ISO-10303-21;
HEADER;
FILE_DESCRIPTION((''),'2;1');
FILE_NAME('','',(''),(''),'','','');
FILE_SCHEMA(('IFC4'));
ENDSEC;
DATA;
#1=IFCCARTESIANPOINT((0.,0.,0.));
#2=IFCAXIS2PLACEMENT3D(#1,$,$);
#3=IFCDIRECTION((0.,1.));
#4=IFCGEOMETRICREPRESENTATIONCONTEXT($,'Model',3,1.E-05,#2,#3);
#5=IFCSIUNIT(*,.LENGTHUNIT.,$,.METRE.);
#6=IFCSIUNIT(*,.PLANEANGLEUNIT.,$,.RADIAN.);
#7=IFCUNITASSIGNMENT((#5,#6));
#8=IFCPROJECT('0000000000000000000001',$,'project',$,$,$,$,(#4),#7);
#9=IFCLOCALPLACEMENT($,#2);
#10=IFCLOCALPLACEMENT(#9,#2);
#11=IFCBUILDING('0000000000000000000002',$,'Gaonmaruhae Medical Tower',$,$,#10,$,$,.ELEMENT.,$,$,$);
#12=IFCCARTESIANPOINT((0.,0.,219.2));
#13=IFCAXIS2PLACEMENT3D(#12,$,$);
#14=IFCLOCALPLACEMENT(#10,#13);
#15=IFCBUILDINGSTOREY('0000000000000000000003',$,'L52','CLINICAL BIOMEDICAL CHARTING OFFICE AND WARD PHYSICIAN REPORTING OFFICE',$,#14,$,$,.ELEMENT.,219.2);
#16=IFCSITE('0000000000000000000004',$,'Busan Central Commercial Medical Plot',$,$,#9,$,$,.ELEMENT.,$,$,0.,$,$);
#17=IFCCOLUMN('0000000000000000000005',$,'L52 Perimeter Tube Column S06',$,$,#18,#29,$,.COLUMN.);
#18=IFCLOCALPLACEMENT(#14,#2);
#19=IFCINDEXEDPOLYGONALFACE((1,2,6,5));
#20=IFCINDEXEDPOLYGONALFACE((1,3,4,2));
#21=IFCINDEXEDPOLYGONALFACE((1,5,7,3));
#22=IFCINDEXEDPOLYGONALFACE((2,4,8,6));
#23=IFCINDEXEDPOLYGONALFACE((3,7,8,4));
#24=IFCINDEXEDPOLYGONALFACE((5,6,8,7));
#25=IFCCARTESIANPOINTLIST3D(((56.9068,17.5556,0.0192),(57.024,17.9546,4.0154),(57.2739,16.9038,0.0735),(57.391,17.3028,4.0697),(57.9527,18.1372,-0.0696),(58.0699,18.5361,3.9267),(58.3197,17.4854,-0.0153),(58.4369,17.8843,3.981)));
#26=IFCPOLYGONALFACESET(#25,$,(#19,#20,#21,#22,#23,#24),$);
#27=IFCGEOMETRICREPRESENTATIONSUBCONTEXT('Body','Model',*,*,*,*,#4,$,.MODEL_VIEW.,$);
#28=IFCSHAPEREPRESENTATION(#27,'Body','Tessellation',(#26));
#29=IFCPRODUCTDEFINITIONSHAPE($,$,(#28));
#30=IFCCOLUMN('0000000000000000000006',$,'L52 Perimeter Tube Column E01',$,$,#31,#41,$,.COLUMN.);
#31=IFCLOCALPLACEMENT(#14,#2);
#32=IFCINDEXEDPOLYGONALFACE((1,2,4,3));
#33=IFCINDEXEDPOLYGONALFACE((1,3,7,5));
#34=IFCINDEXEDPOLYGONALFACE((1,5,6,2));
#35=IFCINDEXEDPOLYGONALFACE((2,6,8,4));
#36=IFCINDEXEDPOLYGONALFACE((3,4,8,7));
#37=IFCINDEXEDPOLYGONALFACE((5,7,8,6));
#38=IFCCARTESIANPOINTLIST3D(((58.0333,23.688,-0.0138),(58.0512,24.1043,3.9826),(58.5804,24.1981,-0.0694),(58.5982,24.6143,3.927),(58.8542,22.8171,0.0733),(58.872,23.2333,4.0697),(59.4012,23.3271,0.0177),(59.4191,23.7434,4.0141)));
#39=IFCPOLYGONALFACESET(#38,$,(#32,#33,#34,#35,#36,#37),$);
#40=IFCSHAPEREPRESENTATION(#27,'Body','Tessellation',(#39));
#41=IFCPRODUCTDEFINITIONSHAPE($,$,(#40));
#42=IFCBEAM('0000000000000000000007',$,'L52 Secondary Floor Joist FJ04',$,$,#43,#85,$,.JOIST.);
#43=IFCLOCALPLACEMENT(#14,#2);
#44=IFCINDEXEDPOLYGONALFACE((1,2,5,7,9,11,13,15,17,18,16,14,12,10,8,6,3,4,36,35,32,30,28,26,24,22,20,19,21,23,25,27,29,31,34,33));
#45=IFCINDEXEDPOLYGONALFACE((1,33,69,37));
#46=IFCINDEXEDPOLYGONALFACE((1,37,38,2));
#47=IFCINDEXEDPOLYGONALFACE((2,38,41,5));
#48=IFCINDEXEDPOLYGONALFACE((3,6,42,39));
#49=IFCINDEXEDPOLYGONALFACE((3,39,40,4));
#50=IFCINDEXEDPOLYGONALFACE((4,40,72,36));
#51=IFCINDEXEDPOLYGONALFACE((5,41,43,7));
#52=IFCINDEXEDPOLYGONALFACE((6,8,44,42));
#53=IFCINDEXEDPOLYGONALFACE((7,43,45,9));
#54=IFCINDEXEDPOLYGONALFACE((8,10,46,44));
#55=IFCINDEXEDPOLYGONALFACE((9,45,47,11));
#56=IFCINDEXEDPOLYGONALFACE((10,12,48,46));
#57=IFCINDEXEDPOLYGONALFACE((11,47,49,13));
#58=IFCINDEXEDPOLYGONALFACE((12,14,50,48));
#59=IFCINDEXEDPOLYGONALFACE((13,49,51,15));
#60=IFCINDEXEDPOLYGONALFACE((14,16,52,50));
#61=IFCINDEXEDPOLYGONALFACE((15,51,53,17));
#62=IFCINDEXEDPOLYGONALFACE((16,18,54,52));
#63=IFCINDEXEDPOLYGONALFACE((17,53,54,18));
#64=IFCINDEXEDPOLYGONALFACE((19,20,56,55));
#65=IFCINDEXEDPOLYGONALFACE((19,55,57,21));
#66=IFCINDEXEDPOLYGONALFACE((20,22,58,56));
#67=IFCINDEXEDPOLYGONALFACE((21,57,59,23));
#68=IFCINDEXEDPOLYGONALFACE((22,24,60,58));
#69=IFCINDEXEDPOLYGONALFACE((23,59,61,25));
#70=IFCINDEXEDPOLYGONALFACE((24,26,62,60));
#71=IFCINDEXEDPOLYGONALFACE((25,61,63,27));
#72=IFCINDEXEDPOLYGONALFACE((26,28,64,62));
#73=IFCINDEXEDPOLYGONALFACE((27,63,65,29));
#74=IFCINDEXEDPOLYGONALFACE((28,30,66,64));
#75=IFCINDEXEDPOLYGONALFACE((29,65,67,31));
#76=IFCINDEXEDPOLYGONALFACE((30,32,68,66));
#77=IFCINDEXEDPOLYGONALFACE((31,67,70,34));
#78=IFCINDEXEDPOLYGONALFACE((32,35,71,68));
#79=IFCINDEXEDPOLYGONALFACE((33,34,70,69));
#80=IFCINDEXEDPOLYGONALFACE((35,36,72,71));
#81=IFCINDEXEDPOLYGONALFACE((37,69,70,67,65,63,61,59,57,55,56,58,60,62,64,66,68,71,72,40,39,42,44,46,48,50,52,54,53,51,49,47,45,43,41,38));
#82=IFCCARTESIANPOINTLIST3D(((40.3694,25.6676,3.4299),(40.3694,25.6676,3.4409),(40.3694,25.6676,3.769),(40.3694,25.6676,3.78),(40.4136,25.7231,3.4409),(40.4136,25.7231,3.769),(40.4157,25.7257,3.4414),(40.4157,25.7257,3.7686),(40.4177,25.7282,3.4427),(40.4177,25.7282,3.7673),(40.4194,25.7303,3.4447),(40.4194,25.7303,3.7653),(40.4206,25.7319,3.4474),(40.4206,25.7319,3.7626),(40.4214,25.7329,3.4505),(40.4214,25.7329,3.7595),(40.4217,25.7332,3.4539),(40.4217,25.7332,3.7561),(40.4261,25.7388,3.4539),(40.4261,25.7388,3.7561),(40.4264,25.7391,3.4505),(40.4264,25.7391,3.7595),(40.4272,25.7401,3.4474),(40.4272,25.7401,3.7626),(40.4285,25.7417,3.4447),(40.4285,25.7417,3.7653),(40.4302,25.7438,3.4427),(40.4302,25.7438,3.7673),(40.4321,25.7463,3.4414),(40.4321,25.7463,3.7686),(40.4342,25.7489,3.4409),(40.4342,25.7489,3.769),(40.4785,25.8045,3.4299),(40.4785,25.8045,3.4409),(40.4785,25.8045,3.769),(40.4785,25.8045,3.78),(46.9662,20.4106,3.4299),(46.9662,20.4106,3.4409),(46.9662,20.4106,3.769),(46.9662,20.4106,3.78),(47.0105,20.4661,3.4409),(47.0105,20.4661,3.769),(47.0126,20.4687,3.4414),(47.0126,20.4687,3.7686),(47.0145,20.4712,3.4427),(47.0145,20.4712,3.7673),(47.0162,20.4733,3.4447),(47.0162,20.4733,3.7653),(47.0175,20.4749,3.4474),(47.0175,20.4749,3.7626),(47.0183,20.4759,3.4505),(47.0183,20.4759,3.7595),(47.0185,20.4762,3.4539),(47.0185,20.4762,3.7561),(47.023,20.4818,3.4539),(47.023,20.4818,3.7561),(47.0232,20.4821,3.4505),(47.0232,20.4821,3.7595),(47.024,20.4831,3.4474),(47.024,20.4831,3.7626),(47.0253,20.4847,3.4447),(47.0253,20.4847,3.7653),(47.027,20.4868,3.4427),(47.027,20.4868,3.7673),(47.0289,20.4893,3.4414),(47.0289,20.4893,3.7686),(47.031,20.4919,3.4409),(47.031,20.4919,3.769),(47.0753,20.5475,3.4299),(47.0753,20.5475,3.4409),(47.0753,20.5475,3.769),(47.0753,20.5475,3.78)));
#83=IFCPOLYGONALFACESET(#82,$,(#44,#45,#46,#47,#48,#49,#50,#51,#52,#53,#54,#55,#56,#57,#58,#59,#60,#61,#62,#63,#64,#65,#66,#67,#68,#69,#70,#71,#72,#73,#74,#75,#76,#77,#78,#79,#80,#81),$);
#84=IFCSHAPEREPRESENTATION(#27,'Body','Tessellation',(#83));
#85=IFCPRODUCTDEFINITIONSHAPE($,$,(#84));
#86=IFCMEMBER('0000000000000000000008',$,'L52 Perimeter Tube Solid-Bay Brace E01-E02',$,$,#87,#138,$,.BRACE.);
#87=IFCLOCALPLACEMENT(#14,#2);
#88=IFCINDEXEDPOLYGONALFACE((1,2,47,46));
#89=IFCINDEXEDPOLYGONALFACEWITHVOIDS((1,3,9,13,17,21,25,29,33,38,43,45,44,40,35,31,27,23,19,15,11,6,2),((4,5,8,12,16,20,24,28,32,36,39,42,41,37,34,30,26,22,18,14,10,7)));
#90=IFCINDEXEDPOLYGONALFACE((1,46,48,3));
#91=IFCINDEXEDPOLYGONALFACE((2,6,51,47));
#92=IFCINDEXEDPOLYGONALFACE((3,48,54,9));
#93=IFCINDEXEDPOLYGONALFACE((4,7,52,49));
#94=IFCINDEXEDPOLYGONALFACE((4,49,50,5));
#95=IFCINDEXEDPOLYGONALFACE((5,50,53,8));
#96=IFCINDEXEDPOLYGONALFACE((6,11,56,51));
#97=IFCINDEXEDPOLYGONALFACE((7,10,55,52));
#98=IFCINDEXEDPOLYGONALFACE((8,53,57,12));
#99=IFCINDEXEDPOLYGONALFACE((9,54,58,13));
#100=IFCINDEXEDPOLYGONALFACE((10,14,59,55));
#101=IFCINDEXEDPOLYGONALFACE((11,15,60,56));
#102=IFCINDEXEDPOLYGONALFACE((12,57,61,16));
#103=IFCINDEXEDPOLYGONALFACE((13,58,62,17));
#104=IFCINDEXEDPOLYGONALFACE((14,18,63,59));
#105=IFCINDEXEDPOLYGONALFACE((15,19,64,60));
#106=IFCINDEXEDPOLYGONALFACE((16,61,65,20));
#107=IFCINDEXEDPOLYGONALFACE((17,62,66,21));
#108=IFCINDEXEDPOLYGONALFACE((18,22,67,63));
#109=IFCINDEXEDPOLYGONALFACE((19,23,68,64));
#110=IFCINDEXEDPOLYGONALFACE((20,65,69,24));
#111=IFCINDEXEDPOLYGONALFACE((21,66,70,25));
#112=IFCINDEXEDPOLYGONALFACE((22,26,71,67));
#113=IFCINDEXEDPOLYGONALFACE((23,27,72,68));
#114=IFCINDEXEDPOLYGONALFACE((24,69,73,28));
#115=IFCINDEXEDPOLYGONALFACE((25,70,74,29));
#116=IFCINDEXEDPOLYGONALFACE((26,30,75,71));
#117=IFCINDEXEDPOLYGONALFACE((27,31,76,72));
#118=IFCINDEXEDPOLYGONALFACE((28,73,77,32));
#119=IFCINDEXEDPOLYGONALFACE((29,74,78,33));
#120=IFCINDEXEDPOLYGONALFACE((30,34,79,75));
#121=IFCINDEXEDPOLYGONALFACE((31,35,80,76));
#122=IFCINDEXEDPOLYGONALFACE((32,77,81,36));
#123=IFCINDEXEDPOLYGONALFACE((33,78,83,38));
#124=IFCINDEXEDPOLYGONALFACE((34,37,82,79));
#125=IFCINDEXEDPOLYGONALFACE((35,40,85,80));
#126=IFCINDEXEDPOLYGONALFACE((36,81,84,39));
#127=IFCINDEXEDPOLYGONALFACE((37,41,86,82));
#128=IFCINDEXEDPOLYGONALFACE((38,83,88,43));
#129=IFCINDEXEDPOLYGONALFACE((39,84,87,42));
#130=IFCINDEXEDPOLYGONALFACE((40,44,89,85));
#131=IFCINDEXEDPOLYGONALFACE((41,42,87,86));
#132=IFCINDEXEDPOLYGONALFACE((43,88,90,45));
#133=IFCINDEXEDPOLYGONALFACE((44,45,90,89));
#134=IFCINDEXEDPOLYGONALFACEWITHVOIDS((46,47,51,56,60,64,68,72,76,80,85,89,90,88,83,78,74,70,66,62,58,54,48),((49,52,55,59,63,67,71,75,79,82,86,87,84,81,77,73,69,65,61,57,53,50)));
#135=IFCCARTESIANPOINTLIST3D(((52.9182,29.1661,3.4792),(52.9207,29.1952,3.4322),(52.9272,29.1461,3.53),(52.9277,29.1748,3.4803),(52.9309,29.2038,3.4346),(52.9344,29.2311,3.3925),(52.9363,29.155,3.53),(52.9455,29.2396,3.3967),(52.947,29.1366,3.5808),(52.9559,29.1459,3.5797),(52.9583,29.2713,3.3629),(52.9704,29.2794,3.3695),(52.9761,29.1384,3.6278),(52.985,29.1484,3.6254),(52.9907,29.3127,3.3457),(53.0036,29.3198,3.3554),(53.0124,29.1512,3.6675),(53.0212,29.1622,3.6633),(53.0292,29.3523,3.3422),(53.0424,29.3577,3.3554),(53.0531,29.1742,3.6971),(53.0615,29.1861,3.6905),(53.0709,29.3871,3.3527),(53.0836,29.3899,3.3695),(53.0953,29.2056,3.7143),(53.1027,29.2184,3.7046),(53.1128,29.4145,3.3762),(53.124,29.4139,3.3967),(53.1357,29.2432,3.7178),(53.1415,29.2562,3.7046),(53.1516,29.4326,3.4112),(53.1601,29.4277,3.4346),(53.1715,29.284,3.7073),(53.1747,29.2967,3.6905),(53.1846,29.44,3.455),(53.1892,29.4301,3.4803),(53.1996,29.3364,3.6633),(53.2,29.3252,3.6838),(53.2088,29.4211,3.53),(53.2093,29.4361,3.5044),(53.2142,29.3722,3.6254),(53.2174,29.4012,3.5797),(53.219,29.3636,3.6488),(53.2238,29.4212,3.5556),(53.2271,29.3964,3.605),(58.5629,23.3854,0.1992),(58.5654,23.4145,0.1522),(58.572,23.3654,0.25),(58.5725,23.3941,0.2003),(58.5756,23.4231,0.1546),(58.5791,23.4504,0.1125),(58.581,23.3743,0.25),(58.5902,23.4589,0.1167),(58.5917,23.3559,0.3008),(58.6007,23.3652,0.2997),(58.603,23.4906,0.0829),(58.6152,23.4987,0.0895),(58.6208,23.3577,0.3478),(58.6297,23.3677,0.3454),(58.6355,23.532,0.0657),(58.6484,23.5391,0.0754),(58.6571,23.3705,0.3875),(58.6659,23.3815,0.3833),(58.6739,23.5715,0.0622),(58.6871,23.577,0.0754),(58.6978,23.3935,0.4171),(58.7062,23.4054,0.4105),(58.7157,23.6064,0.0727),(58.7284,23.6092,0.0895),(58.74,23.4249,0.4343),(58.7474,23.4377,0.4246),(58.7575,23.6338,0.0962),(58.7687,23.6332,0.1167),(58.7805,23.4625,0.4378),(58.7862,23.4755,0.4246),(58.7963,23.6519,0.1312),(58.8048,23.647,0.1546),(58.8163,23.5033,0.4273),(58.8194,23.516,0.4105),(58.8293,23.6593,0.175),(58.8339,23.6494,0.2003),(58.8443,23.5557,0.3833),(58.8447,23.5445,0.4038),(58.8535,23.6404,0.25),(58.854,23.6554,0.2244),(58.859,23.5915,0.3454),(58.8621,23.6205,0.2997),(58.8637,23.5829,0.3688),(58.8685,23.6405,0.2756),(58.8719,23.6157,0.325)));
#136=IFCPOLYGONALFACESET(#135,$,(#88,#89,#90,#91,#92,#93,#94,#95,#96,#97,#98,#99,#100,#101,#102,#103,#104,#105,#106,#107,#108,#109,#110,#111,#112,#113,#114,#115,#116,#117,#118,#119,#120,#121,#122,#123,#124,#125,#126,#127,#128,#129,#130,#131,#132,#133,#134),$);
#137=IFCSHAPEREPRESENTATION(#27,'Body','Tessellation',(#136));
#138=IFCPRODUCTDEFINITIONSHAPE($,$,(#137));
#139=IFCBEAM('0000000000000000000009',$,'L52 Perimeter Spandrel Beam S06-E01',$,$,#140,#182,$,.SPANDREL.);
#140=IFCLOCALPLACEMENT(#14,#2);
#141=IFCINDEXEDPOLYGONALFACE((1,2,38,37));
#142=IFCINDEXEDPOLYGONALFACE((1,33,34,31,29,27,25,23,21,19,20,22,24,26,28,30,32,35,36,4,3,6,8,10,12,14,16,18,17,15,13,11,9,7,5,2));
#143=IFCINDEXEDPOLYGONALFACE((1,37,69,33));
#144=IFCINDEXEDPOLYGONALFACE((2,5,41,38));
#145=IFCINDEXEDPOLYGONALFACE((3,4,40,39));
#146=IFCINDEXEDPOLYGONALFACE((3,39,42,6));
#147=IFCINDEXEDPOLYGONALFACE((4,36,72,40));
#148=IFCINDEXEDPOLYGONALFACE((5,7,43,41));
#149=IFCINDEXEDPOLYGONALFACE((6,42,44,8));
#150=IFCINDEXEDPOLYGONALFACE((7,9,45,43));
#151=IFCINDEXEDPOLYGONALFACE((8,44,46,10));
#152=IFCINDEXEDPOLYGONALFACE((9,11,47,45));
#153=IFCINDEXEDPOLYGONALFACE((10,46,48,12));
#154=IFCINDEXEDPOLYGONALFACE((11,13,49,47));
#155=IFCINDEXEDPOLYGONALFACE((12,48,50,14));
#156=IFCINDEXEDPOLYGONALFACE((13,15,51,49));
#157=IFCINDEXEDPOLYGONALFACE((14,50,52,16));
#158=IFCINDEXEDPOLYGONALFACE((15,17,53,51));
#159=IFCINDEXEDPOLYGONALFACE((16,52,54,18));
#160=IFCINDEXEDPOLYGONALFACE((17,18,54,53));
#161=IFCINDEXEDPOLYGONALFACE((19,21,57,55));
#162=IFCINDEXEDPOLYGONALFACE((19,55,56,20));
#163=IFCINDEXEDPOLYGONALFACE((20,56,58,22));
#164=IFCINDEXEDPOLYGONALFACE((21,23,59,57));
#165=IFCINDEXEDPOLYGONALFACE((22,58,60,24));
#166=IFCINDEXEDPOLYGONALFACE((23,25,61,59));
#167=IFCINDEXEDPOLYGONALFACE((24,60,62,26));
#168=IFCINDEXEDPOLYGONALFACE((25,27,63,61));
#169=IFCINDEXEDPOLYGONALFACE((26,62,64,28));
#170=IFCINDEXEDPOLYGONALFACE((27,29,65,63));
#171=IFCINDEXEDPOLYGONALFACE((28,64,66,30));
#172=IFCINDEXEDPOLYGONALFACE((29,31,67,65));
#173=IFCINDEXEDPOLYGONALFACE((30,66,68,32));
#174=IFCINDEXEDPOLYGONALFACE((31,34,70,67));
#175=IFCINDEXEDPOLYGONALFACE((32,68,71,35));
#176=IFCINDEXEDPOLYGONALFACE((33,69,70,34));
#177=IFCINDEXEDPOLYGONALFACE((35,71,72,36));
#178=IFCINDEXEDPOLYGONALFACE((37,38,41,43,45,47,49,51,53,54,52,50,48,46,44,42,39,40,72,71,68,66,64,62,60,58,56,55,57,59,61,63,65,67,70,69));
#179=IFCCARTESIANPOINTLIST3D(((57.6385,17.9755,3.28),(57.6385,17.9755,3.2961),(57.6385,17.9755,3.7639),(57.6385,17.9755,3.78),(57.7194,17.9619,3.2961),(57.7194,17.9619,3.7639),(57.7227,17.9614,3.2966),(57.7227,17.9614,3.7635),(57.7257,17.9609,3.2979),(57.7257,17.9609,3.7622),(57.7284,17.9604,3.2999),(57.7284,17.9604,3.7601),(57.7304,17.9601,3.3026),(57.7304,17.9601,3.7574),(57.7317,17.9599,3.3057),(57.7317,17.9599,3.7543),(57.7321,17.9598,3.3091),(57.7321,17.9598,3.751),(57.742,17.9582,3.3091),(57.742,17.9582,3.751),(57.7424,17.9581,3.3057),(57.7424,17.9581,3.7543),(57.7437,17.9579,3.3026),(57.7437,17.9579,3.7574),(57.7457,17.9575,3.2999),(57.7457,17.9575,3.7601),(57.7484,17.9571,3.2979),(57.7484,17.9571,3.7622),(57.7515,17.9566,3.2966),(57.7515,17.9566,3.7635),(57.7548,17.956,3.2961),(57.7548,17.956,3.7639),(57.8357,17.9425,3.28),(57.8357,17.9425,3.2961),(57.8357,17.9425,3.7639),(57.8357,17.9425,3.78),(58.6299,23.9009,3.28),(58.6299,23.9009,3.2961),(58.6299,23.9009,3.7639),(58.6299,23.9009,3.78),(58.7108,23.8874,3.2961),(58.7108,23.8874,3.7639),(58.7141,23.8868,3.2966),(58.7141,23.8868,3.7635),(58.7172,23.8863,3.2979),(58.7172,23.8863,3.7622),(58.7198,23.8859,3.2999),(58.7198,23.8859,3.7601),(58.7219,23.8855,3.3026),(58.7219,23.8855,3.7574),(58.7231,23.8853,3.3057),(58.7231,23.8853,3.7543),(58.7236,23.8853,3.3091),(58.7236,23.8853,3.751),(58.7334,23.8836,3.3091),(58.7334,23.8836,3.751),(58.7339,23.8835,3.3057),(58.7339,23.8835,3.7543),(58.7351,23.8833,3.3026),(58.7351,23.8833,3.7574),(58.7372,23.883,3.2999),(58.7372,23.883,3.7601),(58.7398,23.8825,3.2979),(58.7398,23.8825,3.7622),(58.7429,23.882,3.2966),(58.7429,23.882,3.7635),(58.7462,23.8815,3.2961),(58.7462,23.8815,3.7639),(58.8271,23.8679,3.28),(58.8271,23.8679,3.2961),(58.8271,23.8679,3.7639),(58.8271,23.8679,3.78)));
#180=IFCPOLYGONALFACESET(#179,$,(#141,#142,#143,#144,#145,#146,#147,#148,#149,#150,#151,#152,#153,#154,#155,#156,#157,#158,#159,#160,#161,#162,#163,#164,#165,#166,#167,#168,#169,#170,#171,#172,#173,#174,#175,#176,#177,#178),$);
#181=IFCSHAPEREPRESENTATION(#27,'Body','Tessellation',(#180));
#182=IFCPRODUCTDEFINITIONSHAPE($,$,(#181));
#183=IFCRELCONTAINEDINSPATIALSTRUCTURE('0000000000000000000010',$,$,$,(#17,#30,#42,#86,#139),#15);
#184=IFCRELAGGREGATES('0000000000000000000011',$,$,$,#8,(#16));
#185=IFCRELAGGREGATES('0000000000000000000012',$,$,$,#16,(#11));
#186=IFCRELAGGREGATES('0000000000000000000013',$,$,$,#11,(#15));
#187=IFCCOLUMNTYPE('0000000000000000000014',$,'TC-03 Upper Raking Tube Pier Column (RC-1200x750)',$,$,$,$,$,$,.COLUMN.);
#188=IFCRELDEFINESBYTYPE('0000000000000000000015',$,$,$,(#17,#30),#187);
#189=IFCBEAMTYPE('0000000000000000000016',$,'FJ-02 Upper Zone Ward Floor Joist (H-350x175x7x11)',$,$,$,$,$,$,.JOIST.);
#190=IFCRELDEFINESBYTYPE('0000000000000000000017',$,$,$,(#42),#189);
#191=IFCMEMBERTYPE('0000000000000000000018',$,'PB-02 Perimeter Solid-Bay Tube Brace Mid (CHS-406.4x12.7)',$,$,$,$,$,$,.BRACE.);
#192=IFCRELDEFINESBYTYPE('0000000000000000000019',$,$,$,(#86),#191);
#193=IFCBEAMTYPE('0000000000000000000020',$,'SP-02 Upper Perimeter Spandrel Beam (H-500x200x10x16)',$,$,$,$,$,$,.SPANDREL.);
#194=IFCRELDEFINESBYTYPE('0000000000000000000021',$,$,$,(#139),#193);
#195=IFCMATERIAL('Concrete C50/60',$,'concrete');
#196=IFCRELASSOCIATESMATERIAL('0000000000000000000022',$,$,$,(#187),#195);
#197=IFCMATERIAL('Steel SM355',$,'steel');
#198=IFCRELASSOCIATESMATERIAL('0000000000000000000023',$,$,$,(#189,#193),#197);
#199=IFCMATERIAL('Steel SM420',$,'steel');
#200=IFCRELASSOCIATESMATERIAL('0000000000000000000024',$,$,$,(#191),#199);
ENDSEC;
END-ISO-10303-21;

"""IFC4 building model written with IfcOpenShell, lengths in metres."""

from ifc_helpers import new_model, si_unit, direction, frame, origin, origin_2d, place, context, subcontext, project, spatial, rectangle, hollow_circle, i_section, extrude, material, material_profile, profile_set, type_object, element, save


model = new_model("IFC4")

# Units and contexts
model_context = context("Model", 3, precision=1e-05, world=origin(), true_north=direction((0.0, 1.0)))
body_context = subcontext(model_context, "Body", "Model", "MODEL_VIEW")
ifc_project = project(units=[si_unit("LENGTHUNIT", "METRE"), si_unit("PLANEANGLEUNIT", "RADIAN")], contexts=[model_context])

# Site, building, storey
site_placement = place(None, origin())
site = spatial("IfcSite", under=ifc_project, at=site_placement, Name="Busan Central Commercial Medical Plot", CompositionType="ELEMENT", RefElevation=0.0)
building_placement = place(site_placement, origin())
building = spatial("IfcBuilding", under=site, at=building_placement, Name="Gaonmaruhae Medical Tower", CompositionType="ELEMENT")
storey_placement = place(building_placement, frame((0.0, 0.0, 219.2)))
storey = spatial("IfcBuildingStorey", under=building, at=storey_placement, Name="L52", Description="CLINICAL BIOMEDICAL CHARTING OFFICE AND WARD PHYSICIAN REPORTING OFFICE", CompositionType="ELEMENT", Elevation=219.2)

# Columns
ifc_material_1 = material(Name="Concrete C50/60", Category="concrete")
ifc_material_profile_1 = material_profile(ifc_material_1, rectangle(XDim=1.2, YDim=0.75, at=origin_2d()), Name="RC-1200x750")
ifc_profile_set_1 = profile_set([ifc_material_profile_1], Name="Concrete C50/60")
column_type = type_object("IfcColumnType", Name="TC-03 Upper Raking Tube Pier Column (RC-1200x750)", PredefinedType="COLUMN", material=ifc_profile_set_1)
column_1_placement = place(storey_placement, frame((57.6133, 17.5205, 0.002), z_axis=(0.029166, 0.099287, 0.994631), x_axis=(-0.87159, -0.484628, 0.073935)))
element("IfcColumn", 1, at=column_1_placement, inside=storey, type_object=column_type, Name="L52 Perimeter Tube Column S06", PredefinedType="COLUMN", context=body_context, shape_type="SweptSolid", body=[
    extrude(rectangle(XDim=1.2, YDim=0.75, at=origin_2d()), origin(), (0.0, 0.0, 1.0), 4.0178),
])
column_2_placement = place(storey_placement, frame((58.7173, 23.5076, 0.002), z_axis=(0.004436, 0.103599, 0.994609), x_axis=(0.684051, -0.725817, 0.072551)))
element("IfcColumn", 2, at=column_2_placement, inside=storey, type_object=column_type, Name="L52 Perimeter Tube Column E01", PredefinedType="COLUMN", context=body_context, shape_type="SweptSolid", body=[
    extrude(rectangle(XDim=1.2, YDim=0.75, at=origin_2d()), origin(), (0.0, 0.0, 1.0), 4.0181),
])

# Beam
ifc_material_2 = material(Name="Steel SM355", Category="steel")
ifc_material_profile_2 = material_profile(ifc_material_2, i_section(OverallWidth=0.175, OverallDepth=0.3501, WebThickness=0.0071, FlangeThickness=0.011, FilletRadius=0.0129, at=origin_2d()), Name="H-350x175x7x11")
ifc_profile_set_2 = profile_set([ifc_material_profile_2], Name="Steel SM355")
beam_type_1 = type_object("IfcBeamType", Name="FJ-02 Upper Zone Ward Floor Joist (H-350x175x7x11)", PredefinedType="JOIST", material=ifc_profile_set_2)
beam_1_placement = place(storey_placement, frame((47.0208, 20.479, 3.605), z_axis=(-0.782051, 0.623215, 0.0), x_axis=(-0.623215, -0.782051, 0.0)))
element("IfcBeam", 3, at=beam_1_placement, inside=storey, type_object=beam_type_1, Name="L52 Secondary Floor Joist FJ04", PredefinedType="JOIST", context=body_context, shape_type="SweptSolid", body=[
    extrude(i_section(OverallWidth=0.175, OverallDepth=0.3501, WebThickness=0.0071, FlangeThickness=0.011, FilletRadius=0.0129, at=origin_2d()), origin(), (0.0, 0.0, 1.0), 8.4353),
])

# Member
ifc_material_3 = material(Name="Steel SM420", Category="steel")
ifc_material_profile_3 = material_profile(ifc_material_3, hollow_circle(Radius=0.2031, WallThickness=0.0127, at=origin_2d()), Name="CHS-406.4x12.7")
ifc_profile_set_3 = profile_set([ifc_material_profile_3], Name="Steel SM420")
member_type = type_object("IfcMemberType", Name="PB-02 Perimeter Solid-Bay Tube Brace Mid (CHS-406.4x12.7)", PredefinedType="BRACE", material=ifc_profile_set_3)
member_placement = place(storey_placement, frame((58.7173, 23.5073, 0.25), z_axis=(-0.647333, 0.662928, 0.376148), x_axis=(-0.715472, -0.698641, 0.0)))
element("IfcMember", 4, at=member_placement, inside=storey, type_object=member_type, Name="L52 Perimeter Tube Solid-Bay Brace E01-E02", PredefinedType="BRACE", context=body_context, shape_type="SweptSolid", body=[
    extrude(hollow_circle(Radius=0.2031, WallThickness=0.0127, at=origin_2d()), origin(), (0.0, 0.0, 1.0), 8.72),
])

# Beam
ifc_material_profile_4 = material_profile(ifc_material_2, i_section(OverallWidth=0.2, OverallDepth=0.5, WebThickness=0.01, FlangeThickness=0.0161, FilletRadius=0.0129, at=origin_2d()), Name="H-500x200x10x16")
ifc_profile_set_4 = profile_set([ifc_material_profile_4], Name="Steel SM355")
beam_type_2 = type_object("IfcBeamType", Name="SP-02 Upper Perimeter Spandrel Beam (H-500x200x10x16)", PredefinedType="SPANDREL", material=ifc_profile_set_4)
beam_2_placement = place(storey_placement, frame((57.7371, 17.959, 3.53), z_axis=(0.165025, 0.986289, 0.0), x_axis=(-0.986289, 0.165025, 0.0)))
element("IfcBeam", 5, at=beam_2_placement, inside=storey, type_object=beam_type_2, Name="L52 Perimeter Spandrel Beam S06-E01", PredefinedType="SPANDREL", context=body_context, shape_type="SweptSolid", body=[
    extrude(i_section(OverallWidth=0.2, OverallDepth=0.5, WebThickness=0.01, FlangeThickness=0.0161, FilletRadius=0.0129, at=origin_2d()), origin(), (0.0, 0.0, 1.0), 6.0078),
])

save(model, "model.ifc")
